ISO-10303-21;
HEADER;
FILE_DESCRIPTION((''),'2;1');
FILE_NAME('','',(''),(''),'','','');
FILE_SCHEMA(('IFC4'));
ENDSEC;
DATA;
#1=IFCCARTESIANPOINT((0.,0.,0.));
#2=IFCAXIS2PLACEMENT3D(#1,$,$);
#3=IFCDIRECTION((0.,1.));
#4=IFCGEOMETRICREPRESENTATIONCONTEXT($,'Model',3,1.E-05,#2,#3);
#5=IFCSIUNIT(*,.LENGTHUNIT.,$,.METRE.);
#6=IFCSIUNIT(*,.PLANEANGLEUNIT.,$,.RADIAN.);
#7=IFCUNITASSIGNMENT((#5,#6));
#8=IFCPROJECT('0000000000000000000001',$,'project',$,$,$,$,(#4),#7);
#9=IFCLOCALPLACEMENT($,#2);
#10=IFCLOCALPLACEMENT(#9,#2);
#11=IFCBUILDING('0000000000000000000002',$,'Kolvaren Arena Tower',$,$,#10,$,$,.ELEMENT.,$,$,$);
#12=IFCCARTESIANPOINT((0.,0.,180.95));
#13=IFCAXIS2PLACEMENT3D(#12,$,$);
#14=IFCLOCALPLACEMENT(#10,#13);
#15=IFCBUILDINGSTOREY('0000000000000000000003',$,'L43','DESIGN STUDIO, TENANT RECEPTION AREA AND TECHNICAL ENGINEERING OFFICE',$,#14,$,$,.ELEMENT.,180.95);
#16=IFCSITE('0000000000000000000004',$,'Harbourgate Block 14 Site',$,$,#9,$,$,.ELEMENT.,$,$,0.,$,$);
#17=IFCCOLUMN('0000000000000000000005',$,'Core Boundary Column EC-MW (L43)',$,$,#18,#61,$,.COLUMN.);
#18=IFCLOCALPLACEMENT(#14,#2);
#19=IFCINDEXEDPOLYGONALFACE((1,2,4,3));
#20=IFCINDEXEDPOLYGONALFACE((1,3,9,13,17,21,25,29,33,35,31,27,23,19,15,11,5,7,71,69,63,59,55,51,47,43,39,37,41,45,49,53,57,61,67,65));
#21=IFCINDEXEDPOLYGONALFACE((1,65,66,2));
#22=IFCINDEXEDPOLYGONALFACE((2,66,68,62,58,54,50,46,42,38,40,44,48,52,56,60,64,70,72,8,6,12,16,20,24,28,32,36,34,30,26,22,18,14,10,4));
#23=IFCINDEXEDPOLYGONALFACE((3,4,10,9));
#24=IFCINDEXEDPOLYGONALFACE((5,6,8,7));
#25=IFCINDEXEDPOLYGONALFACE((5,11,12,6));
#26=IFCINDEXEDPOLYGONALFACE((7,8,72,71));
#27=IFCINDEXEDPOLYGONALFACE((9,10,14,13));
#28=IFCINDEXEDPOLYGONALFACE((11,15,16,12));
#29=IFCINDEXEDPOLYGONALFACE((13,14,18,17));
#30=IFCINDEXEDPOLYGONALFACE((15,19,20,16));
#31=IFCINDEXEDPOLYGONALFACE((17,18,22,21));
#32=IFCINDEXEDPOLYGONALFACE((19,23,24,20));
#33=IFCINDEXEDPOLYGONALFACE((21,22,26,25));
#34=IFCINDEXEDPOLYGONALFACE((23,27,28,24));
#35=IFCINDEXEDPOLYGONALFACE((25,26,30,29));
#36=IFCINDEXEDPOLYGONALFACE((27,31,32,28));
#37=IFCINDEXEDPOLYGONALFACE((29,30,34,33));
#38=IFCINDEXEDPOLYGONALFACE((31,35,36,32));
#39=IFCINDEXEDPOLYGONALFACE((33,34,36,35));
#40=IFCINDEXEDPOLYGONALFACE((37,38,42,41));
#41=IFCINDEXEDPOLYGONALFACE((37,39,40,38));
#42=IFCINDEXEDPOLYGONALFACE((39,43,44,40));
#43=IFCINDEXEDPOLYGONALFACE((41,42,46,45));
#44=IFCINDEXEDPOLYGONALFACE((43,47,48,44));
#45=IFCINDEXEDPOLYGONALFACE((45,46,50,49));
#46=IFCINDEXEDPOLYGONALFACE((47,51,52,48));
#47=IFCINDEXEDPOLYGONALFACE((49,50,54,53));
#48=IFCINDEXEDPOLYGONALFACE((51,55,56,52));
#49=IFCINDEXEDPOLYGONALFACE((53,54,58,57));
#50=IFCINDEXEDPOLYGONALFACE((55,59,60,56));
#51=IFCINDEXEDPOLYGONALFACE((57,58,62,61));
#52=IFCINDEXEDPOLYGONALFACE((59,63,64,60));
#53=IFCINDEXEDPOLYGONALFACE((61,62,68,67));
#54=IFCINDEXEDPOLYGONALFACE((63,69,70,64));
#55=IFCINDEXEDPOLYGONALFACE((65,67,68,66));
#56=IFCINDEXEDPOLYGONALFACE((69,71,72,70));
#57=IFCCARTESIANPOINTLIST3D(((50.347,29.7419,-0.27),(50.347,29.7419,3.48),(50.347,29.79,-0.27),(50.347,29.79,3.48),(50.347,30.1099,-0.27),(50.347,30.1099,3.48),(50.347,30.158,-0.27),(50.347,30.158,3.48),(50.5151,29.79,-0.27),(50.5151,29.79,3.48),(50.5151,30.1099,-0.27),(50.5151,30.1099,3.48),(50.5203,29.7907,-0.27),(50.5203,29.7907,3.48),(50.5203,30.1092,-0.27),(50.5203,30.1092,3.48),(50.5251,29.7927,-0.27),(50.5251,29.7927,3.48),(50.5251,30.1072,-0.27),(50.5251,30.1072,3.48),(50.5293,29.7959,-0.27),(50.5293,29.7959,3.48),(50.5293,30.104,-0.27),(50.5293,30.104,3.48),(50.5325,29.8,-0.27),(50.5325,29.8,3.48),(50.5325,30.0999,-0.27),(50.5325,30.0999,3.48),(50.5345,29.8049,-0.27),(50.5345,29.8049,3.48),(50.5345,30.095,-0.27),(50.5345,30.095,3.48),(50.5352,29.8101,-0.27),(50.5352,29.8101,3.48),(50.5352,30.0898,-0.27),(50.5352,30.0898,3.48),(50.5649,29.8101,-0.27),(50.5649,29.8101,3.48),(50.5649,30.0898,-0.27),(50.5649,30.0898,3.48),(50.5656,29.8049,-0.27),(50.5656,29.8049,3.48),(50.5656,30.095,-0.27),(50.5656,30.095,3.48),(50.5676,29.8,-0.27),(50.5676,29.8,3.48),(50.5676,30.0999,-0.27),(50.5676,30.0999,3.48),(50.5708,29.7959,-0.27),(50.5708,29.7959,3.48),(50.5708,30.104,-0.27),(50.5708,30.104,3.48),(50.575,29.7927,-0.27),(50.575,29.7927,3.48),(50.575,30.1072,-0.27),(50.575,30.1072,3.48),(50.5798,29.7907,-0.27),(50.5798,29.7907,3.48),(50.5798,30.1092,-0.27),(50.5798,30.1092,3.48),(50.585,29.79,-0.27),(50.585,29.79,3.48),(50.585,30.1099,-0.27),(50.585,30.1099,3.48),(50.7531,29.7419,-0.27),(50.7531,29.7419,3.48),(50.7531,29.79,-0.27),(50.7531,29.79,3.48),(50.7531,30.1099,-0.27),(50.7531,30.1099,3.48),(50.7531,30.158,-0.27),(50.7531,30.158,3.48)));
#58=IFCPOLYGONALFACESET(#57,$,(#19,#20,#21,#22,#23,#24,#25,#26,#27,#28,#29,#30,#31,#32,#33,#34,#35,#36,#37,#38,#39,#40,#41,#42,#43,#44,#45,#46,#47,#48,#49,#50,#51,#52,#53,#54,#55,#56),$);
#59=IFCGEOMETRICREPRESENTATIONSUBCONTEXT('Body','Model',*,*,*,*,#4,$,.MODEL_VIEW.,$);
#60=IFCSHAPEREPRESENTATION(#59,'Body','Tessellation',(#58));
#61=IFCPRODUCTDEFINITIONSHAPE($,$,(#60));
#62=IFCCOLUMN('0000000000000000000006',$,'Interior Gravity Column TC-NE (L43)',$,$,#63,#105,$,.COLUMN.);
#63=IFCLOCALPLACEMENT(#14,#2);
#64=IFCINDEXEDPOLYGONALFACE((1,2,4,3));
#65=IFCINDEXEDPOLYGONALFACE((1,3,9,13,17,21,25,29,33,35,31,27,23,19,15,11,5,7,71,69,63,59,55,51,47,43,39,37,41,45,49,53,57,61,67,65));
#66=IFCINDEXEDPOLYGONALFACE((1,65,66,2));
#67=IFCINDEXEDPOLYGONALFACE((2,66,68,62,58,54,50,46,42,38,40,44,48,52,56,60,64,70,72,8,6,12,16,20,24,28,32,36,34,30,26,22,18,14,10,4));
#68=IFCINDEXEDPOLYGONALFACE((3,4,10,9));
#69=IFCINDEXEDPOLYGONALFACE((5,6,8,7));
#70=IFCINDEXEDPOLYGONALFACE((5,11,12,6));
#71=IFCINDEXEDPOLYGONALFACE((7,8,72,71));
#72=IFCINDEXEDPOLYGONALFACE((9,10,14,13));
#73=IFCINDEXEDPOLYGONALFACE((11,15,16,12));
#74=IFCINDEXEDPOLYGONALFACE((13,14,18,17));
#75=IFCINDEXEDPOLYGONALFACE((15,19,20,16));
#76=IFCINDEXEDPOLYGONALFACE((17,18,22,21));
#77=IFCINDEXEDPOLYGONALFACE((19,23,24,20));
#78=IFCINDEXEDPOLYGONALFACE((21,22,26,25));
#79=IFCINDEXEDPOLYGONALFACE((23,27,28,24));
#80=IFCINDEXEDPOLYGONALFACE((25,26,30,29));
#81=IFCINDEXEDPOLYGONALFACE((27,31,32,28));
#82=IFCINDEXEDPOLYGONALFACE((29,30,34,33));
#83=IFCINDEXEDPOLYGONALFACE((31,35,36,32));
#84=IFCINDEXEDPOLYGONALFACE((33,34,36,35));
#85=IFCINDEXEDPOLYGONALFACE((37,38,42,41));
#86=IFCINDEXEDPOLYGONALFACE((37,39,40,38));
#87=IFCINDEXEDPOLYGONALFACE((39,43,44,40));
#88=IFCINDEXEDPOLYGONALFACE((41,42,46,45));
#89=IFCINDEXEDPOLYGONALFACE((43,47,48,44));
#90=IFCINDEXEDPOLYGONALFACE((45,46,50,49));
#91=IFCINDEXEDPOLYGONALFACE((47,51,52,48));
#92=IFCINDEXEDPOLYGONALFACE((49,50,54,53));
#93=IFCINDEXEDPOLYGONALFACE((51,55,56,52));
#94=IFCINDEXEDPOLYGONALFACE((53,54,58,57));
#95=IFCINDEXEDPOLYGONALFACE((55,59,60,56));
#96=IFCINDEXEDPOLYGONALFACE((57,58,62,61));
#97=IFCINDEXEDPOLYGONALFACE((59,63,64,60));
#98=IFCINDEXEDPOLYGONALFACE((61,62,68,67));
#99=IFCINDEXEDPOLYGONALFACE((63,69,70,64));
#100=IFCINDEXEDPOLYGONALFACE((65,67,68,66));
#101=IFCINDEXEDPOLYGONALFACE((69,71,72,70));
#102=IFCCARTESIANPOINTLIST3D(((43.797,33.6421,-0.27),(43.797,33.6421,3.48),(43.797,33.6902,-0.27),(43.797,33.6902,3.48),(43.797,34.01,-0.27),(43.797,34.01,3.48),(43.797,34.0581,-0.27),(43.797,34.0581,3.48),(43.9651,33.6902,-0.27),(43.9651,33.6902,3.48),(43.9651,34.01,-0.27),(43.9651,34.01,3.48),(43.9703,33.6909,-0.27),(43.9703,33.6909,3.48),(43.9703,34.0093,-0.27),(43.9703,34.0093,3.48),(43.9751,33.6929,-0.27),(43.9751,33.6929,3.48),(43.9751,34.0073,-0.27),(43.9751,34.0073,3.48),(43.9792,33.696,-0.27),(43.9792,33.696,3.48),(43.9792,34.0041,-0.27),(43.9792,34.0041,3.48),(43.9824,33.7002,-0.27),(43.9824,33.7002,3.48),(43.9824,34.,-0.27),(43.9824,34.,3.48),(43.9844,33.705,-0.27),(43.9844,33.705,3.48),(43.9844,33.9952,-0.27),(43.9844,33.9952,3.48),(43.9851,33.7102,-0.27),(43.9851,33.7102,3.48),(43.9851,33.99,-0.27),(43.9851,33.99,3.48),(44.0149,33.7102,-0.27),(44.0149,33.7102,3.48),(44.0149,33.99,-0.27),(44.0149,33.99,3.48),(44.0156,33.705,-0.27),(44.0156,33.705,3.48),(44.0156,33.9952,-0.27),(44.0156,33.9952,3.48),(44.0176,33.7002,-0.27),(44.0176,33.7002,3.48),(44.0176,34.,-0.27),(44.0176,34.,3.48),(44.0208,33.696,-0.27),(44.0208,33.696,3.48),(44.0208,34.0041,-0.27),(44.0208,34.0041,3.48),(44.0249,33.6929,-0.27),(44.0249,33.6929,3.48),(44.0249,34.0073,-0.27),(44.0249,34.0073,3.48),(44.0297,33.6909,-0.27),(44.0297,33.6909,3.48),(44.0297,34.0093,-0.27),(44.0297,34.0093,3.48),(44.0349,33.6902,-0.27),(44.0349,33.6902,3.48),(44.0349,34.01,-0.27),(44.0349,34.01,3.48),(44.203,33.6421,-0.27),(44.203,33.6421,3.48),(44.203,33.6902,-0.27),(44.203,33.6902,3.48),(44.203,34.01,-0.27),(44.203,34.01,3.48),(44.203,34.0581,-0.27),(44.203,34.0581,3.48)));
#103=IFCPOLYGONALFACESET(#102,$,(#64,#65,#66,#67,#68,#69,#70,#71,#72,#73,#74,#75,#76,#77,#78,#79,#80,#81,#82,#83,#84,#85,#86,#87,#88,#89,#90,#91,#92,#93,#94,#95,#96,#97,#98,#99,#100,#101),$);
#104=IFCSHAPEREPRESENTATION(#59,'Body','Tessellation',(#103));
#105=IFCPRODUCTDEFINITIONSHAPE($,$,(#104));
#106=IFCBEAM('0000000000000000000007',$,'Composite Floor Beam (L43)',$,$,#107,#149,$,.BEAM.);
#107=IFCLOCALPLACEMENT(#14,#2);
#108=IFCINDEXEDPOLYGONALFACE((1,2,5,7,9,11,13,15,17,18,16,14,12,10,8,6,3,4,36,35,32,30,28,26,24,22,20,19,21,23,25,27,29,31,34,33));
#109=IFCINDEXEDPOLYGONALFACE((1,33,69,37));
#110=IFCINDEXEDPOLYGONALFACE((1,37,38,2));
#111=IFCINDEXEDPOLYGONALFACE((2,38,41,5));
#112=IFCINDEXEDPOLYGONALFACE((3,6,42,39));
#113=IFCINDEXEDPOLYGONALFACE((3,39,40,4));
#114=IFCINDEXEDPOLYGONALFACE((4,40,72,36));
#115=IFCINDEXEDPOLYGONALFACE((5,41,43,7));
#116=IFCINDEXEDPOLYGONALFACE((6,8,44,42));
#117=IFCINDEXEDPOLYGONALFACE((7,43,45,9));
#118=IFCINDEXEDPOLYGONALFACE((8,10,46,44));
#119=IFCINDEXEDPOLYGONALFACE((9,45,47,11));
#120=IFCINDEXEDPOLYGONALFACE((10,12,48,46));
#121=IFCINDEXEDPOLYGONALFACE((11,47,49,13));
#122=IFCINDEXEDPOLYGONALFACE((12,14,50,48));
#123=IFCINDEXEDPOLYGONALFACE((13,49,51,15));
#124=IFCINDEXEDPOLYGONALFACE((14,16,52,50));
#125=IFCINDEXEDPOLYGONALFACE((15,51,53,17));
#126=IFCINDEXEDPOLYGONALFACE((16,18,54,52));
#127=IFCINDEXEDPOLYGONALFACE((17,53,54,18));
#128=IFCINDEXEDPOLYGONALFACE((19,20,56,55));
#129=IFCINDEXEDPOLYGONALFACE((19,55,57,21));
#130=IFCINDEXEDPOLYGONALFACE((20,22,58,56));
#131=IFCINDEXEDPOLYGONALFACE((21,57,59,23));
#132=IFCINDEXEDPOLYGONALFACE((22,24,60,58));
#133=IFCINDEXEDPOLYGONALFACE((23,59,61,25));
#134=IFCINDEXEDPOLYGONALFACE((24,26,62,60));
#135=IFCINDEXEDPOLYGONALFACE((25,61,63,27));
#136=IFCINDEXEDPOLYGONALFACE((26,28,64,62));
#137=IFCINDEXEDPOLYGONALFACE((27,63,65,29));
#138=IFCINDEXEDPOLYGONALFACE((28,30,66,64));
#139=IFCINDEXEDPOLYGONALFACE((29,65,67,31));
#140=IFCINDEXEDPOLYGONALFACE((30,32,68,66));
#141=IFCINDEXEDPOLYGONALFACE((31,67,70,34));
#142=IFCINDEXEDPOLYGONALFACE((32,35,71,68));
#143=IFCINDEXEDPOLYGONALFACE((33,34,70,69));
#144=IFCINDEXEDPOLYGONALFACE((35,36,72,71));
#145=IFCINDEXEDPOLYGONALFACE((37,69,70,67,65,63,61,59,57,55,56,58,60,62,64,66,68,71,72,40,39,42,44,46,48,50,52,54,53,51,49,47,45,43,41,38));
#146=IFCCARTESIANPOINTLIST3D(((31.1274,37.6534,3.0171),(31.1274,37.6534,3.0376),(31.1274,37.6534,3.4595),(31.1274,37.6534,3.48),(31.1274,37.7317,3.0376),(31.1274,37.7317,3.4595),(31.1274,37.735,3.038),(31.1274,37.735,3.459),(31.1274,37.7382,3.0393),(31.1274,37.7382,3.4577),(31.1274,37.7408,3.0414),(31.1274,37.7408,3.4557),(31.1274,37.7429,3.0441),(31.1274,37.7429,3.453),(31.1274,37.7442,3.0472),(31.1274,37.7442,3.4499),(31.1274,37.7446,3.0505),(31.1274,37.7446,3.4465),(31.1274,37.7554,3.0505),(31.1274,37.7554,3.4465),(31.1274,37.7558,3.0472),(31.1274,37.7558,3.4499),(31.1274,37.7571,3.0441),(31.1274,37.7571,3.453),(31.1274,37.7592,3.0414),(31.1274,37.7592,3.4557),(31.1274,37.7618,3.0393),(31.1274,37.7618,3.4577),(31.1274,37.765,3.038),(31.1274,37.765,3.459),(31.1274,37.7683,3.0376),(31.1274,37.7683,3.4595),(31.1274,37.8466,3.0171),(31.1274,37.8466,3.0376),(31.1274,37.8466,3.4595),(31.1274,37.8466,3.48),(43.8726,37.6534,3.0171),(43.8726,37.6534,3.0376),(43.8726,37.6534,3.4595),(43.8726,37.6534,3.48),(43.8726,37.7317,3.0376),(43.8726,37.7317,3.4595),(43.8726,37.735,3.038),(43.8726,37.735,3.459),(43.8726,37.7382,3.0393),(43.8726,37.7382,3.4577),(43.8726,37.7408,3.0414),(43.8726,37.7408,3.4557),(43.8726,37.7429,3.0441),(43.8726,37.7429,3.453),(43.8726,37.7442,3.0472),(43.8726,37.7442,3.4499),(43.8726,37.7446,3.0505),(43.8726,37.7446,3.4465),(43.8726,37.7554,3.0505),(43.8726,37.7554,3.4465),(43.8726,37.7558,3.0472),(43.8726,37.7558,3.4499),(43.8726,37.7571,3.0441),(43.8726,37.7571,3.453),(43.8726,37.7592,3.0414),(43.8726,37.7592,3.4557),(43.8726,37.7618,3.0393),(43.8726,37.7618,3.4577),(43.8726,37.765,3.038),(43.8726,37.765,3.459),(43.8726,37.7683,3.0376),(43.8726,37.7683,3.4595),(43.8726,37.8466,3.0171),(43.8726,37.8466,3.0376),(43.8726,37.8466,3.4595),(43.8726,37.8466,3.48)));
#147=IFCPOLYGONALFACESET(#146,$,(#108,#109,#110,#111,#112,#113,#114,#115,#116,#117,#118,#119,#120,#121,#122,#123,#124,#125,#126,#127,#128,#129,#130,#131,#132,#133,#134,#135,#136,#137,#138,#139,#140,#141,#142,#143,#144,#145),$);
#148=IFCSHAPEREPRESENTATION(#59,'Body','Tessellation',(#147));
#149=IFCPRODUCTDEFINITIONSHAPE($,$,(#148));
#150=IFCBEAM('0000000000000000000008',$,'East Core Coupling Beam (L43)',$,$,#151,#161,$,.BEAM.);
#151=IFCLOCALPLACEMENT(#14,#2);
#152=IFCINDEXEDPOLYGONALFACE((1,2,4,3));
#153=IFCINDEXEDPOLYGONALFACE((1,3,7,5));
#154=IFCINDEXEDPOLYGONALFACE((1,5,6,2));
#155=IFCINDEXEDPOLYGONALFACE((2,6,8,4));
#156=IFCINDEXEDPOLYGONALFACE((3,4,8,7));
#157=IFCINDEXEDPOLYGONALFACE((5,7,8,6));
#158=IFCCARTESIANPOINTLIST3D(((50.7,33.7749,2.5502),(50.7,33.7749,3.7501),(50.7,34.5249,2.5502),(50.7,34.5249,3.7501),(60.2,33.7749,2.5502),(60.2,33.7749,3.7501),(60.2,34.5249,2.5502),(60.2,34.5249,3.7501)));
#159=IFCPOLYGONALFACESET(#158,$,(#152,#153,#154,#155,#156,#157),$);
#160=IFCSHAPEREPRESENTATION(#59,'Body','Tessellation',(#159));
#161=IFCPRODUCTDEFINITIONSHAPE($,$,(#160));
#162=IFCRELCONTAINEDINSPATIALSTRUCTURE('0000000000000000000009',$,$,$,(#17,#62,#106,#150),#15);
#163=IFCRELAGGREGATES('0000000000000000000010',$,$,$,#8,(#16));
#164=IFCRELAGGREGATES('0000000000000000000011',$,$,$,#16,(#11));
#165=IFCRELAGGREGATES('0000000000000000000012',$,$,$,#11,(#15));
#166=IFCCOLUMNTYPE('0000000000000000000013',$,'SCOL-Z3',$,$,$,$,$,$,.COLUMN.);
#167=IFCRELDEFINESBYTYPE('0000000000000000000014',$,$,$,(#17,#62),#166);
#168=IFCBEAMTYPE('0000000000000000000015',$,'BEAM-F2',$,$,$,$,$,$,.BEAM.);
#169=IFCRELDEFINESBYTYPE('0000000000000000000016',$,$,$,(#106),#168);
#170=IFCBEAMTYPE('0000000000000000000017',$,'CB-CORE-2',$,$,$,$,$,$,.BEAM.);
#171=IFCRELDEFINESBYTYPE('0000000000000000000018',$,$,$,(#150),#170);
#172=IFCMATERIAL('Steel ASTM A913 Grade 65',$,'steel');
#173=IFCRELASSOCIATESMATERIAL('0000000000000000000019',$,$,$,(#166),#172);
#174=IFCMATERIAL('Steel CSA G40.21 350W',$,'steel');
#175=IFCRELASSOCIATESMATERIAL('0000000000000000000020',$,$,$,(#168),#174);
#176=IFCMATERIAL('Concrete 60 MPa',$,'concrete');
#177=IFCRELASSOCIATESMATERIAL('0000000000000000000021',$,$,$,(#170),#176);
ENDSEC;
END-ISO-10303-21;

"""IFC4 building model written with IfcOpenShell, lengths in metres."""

from ifc_helpers import new_model, si_unit, direction, frame, origin, origin_2d, place, context, subcontext, project, spatial, rectangle, i_section, extrude, material, material_profile, profile_set, type_object, element, save


model = new_model("IFC4")

# Units and contexts
model_context = context("Model", 3, precision=1e-05, world=origin(), true_north=direction((0.0, 1.0)))
body_context = subcontext(model_context, "Body", "Model", "MODEL_VIEW")
ifc_project = project(units=[si_unit("LENGTHUNIT", "METRE"), si_unit("PLANEANGLEUNIT", "RADIAN")], contexts=[model_context])

# Site, building, storey
site_placement = place(None, origin())
site = spatial("IfcSite", under=ifc_project, at=site_placement, Name="Harbourgate Block 14 Site", CompositionType="ELEMENT", RefElevation=0.0)
building_placement = place(site_placement, origin())
building = spatial("IfcBuilding", under=site, at=building_placement, Name="Kolvaren Arena Tower", CompositionType="ELEMENT")
storey_placement = place(building_placement, frame((0.0, 0.0, 180.95)))
storey = spatial("IfcBuildingStorey", under=building, at=storey_placement, Name="L43", Description="DESIGN STUDIO, TENANT RECEPTION AREA AND TECHNICAL ENGINEERING OFFICE", CompositionType="ELEMENT", Elevation=180.95)

# Columns
ifc_material_1 = material(Name="Steel ASTM A913 Grade 65", Category="steel")
ifc_material_profile_1 = material_profile(ifc_material_1, i_section(OverallWidth=0.406, OverallDepth=0.416, WebThickness=0.0298, FlangeThickness=0.0481, FilletRadius=0.02, at=origin_2d()), Name="W360x382")
ifc_profile_set_1 = profile_set([ifc_material_profile_1], Name="Steel ASTM A913 Grade 65")
column_type = type_object("IfcColumnType", Name="SCOL-Z3", PredefinedType="COLUMN", material=ifc_profile_set_1)
for number, where, z_axis, x_axis, name in (
    (1, (50.55, 29.95, -0.27), (0.0, 0.0, 1.0), (1.0, 0.0, 0.0), "Core Boundary Column EC-MW (L43)"),
    (2, (44.0, 33.8501, -0.27), (0.0, 0.0, 1.0), (1.0, 0.0, 0.0), "Interior Gravity Column TC-NE (L43)"),
):
    element("IfcColumn", number, at=place(storey_placement, frame(where, z_axis=z_axis, x_axis=x_axis)), inside=storey, type_object=column_type, Name=name, PredefinedType="COLUMN", context=body_context, shape_type="SweptSolid", body=[
        extrude(i_section(OverallWidth=0.406, OverallDepth=0.416, WebThickness=0.0298, FlangeThickness=0.0481, FilletRadius=0.02, at=origin_2d()), origin(), (0.0, 0.0, 1.0), 3.75),
    ])

# Beams
ifc_material_2 = material(Name="Steel CSA G40.21 350W", Category="steel")
ifc_material_profile_2 = material_profile(ifc_material_2, i_section(OverallWidth=0.1931, OverallDepth=0.4629, WebThickness=0.0107, FlangeThickness=0.0205, FilletRadius=0.0129, at=origin_2d()), Name="W460x113")
ifc_profile_set_2 = profile_set([ifc_material_profile_2], Name="Steel CSA G40.21 350W")
beam_type_1 = type_object("IfcBeamType", Name="BEAM-F2", PredefinedType="BEAM", material=ifc_profile_set_2)
beam_1_placement = place(storey_placement, frame((31.1274, 37.75, 3.2485), z_axis=(1.0, 0.0, 0.0), x_axis=(0.0, 1.0, 0.0)))
element("IfcBeam", 3, at=beam_1_placement, inside=storey, type_object=beam_type_1, Name="Composite Floor Beam (L43)", PredefinedType="BEAM", context=body_context, shape_type="SweptSolid", body=[
    extrude(i_section(OverallWidth=0.1931, OverallDepth=0.4629, WebThickness=0.0107, FlangeThickness=0.0205, FilletRadius=0.0129, at=origin_2d()), origin(), (0.0, 0.0, 1.0), 12.7451),
])
ifc_material_3 = material(Name="Concrete 60 MPa", Category="concrete")
ifc_material_profile_3 = material_profile(ifc_material_3, rectangle(XDim=0.75, YDim=1.2, at=origin_2d()), Name="RC-750x1200")
ifc_profile_set_3 = profile_set([ifc_material_profile_3], Name="Concrete 60 MPa")
beam_type_2 = type_object("IfcBeamType", Name="CB-CORE-2", PredefinedType="BEAM", material=ifc_profile_set_3)
beam_2_placement = place(storey_placement, frame((50.7, 34.1499, 3.1501), z_axis=(1.0, 0.0, 0.0), x_axis=(0.0, 1.0, 0.0)))
element("IfcBeam", 4, at=beam_2_placement, inside=storey, type_object=beam_type_2, Name="East Core Coupling Beam (L43)", PredefinedType="BEAM", context=body_context, shape_type="SweptSolid", body=[
    extrude(rectangle(XDim=0.75, YDim=1.2, at=origin_2d()), origin(), (0.0, 0.0, 1.0), 9.5),
])

save(model, "model.ifc")
